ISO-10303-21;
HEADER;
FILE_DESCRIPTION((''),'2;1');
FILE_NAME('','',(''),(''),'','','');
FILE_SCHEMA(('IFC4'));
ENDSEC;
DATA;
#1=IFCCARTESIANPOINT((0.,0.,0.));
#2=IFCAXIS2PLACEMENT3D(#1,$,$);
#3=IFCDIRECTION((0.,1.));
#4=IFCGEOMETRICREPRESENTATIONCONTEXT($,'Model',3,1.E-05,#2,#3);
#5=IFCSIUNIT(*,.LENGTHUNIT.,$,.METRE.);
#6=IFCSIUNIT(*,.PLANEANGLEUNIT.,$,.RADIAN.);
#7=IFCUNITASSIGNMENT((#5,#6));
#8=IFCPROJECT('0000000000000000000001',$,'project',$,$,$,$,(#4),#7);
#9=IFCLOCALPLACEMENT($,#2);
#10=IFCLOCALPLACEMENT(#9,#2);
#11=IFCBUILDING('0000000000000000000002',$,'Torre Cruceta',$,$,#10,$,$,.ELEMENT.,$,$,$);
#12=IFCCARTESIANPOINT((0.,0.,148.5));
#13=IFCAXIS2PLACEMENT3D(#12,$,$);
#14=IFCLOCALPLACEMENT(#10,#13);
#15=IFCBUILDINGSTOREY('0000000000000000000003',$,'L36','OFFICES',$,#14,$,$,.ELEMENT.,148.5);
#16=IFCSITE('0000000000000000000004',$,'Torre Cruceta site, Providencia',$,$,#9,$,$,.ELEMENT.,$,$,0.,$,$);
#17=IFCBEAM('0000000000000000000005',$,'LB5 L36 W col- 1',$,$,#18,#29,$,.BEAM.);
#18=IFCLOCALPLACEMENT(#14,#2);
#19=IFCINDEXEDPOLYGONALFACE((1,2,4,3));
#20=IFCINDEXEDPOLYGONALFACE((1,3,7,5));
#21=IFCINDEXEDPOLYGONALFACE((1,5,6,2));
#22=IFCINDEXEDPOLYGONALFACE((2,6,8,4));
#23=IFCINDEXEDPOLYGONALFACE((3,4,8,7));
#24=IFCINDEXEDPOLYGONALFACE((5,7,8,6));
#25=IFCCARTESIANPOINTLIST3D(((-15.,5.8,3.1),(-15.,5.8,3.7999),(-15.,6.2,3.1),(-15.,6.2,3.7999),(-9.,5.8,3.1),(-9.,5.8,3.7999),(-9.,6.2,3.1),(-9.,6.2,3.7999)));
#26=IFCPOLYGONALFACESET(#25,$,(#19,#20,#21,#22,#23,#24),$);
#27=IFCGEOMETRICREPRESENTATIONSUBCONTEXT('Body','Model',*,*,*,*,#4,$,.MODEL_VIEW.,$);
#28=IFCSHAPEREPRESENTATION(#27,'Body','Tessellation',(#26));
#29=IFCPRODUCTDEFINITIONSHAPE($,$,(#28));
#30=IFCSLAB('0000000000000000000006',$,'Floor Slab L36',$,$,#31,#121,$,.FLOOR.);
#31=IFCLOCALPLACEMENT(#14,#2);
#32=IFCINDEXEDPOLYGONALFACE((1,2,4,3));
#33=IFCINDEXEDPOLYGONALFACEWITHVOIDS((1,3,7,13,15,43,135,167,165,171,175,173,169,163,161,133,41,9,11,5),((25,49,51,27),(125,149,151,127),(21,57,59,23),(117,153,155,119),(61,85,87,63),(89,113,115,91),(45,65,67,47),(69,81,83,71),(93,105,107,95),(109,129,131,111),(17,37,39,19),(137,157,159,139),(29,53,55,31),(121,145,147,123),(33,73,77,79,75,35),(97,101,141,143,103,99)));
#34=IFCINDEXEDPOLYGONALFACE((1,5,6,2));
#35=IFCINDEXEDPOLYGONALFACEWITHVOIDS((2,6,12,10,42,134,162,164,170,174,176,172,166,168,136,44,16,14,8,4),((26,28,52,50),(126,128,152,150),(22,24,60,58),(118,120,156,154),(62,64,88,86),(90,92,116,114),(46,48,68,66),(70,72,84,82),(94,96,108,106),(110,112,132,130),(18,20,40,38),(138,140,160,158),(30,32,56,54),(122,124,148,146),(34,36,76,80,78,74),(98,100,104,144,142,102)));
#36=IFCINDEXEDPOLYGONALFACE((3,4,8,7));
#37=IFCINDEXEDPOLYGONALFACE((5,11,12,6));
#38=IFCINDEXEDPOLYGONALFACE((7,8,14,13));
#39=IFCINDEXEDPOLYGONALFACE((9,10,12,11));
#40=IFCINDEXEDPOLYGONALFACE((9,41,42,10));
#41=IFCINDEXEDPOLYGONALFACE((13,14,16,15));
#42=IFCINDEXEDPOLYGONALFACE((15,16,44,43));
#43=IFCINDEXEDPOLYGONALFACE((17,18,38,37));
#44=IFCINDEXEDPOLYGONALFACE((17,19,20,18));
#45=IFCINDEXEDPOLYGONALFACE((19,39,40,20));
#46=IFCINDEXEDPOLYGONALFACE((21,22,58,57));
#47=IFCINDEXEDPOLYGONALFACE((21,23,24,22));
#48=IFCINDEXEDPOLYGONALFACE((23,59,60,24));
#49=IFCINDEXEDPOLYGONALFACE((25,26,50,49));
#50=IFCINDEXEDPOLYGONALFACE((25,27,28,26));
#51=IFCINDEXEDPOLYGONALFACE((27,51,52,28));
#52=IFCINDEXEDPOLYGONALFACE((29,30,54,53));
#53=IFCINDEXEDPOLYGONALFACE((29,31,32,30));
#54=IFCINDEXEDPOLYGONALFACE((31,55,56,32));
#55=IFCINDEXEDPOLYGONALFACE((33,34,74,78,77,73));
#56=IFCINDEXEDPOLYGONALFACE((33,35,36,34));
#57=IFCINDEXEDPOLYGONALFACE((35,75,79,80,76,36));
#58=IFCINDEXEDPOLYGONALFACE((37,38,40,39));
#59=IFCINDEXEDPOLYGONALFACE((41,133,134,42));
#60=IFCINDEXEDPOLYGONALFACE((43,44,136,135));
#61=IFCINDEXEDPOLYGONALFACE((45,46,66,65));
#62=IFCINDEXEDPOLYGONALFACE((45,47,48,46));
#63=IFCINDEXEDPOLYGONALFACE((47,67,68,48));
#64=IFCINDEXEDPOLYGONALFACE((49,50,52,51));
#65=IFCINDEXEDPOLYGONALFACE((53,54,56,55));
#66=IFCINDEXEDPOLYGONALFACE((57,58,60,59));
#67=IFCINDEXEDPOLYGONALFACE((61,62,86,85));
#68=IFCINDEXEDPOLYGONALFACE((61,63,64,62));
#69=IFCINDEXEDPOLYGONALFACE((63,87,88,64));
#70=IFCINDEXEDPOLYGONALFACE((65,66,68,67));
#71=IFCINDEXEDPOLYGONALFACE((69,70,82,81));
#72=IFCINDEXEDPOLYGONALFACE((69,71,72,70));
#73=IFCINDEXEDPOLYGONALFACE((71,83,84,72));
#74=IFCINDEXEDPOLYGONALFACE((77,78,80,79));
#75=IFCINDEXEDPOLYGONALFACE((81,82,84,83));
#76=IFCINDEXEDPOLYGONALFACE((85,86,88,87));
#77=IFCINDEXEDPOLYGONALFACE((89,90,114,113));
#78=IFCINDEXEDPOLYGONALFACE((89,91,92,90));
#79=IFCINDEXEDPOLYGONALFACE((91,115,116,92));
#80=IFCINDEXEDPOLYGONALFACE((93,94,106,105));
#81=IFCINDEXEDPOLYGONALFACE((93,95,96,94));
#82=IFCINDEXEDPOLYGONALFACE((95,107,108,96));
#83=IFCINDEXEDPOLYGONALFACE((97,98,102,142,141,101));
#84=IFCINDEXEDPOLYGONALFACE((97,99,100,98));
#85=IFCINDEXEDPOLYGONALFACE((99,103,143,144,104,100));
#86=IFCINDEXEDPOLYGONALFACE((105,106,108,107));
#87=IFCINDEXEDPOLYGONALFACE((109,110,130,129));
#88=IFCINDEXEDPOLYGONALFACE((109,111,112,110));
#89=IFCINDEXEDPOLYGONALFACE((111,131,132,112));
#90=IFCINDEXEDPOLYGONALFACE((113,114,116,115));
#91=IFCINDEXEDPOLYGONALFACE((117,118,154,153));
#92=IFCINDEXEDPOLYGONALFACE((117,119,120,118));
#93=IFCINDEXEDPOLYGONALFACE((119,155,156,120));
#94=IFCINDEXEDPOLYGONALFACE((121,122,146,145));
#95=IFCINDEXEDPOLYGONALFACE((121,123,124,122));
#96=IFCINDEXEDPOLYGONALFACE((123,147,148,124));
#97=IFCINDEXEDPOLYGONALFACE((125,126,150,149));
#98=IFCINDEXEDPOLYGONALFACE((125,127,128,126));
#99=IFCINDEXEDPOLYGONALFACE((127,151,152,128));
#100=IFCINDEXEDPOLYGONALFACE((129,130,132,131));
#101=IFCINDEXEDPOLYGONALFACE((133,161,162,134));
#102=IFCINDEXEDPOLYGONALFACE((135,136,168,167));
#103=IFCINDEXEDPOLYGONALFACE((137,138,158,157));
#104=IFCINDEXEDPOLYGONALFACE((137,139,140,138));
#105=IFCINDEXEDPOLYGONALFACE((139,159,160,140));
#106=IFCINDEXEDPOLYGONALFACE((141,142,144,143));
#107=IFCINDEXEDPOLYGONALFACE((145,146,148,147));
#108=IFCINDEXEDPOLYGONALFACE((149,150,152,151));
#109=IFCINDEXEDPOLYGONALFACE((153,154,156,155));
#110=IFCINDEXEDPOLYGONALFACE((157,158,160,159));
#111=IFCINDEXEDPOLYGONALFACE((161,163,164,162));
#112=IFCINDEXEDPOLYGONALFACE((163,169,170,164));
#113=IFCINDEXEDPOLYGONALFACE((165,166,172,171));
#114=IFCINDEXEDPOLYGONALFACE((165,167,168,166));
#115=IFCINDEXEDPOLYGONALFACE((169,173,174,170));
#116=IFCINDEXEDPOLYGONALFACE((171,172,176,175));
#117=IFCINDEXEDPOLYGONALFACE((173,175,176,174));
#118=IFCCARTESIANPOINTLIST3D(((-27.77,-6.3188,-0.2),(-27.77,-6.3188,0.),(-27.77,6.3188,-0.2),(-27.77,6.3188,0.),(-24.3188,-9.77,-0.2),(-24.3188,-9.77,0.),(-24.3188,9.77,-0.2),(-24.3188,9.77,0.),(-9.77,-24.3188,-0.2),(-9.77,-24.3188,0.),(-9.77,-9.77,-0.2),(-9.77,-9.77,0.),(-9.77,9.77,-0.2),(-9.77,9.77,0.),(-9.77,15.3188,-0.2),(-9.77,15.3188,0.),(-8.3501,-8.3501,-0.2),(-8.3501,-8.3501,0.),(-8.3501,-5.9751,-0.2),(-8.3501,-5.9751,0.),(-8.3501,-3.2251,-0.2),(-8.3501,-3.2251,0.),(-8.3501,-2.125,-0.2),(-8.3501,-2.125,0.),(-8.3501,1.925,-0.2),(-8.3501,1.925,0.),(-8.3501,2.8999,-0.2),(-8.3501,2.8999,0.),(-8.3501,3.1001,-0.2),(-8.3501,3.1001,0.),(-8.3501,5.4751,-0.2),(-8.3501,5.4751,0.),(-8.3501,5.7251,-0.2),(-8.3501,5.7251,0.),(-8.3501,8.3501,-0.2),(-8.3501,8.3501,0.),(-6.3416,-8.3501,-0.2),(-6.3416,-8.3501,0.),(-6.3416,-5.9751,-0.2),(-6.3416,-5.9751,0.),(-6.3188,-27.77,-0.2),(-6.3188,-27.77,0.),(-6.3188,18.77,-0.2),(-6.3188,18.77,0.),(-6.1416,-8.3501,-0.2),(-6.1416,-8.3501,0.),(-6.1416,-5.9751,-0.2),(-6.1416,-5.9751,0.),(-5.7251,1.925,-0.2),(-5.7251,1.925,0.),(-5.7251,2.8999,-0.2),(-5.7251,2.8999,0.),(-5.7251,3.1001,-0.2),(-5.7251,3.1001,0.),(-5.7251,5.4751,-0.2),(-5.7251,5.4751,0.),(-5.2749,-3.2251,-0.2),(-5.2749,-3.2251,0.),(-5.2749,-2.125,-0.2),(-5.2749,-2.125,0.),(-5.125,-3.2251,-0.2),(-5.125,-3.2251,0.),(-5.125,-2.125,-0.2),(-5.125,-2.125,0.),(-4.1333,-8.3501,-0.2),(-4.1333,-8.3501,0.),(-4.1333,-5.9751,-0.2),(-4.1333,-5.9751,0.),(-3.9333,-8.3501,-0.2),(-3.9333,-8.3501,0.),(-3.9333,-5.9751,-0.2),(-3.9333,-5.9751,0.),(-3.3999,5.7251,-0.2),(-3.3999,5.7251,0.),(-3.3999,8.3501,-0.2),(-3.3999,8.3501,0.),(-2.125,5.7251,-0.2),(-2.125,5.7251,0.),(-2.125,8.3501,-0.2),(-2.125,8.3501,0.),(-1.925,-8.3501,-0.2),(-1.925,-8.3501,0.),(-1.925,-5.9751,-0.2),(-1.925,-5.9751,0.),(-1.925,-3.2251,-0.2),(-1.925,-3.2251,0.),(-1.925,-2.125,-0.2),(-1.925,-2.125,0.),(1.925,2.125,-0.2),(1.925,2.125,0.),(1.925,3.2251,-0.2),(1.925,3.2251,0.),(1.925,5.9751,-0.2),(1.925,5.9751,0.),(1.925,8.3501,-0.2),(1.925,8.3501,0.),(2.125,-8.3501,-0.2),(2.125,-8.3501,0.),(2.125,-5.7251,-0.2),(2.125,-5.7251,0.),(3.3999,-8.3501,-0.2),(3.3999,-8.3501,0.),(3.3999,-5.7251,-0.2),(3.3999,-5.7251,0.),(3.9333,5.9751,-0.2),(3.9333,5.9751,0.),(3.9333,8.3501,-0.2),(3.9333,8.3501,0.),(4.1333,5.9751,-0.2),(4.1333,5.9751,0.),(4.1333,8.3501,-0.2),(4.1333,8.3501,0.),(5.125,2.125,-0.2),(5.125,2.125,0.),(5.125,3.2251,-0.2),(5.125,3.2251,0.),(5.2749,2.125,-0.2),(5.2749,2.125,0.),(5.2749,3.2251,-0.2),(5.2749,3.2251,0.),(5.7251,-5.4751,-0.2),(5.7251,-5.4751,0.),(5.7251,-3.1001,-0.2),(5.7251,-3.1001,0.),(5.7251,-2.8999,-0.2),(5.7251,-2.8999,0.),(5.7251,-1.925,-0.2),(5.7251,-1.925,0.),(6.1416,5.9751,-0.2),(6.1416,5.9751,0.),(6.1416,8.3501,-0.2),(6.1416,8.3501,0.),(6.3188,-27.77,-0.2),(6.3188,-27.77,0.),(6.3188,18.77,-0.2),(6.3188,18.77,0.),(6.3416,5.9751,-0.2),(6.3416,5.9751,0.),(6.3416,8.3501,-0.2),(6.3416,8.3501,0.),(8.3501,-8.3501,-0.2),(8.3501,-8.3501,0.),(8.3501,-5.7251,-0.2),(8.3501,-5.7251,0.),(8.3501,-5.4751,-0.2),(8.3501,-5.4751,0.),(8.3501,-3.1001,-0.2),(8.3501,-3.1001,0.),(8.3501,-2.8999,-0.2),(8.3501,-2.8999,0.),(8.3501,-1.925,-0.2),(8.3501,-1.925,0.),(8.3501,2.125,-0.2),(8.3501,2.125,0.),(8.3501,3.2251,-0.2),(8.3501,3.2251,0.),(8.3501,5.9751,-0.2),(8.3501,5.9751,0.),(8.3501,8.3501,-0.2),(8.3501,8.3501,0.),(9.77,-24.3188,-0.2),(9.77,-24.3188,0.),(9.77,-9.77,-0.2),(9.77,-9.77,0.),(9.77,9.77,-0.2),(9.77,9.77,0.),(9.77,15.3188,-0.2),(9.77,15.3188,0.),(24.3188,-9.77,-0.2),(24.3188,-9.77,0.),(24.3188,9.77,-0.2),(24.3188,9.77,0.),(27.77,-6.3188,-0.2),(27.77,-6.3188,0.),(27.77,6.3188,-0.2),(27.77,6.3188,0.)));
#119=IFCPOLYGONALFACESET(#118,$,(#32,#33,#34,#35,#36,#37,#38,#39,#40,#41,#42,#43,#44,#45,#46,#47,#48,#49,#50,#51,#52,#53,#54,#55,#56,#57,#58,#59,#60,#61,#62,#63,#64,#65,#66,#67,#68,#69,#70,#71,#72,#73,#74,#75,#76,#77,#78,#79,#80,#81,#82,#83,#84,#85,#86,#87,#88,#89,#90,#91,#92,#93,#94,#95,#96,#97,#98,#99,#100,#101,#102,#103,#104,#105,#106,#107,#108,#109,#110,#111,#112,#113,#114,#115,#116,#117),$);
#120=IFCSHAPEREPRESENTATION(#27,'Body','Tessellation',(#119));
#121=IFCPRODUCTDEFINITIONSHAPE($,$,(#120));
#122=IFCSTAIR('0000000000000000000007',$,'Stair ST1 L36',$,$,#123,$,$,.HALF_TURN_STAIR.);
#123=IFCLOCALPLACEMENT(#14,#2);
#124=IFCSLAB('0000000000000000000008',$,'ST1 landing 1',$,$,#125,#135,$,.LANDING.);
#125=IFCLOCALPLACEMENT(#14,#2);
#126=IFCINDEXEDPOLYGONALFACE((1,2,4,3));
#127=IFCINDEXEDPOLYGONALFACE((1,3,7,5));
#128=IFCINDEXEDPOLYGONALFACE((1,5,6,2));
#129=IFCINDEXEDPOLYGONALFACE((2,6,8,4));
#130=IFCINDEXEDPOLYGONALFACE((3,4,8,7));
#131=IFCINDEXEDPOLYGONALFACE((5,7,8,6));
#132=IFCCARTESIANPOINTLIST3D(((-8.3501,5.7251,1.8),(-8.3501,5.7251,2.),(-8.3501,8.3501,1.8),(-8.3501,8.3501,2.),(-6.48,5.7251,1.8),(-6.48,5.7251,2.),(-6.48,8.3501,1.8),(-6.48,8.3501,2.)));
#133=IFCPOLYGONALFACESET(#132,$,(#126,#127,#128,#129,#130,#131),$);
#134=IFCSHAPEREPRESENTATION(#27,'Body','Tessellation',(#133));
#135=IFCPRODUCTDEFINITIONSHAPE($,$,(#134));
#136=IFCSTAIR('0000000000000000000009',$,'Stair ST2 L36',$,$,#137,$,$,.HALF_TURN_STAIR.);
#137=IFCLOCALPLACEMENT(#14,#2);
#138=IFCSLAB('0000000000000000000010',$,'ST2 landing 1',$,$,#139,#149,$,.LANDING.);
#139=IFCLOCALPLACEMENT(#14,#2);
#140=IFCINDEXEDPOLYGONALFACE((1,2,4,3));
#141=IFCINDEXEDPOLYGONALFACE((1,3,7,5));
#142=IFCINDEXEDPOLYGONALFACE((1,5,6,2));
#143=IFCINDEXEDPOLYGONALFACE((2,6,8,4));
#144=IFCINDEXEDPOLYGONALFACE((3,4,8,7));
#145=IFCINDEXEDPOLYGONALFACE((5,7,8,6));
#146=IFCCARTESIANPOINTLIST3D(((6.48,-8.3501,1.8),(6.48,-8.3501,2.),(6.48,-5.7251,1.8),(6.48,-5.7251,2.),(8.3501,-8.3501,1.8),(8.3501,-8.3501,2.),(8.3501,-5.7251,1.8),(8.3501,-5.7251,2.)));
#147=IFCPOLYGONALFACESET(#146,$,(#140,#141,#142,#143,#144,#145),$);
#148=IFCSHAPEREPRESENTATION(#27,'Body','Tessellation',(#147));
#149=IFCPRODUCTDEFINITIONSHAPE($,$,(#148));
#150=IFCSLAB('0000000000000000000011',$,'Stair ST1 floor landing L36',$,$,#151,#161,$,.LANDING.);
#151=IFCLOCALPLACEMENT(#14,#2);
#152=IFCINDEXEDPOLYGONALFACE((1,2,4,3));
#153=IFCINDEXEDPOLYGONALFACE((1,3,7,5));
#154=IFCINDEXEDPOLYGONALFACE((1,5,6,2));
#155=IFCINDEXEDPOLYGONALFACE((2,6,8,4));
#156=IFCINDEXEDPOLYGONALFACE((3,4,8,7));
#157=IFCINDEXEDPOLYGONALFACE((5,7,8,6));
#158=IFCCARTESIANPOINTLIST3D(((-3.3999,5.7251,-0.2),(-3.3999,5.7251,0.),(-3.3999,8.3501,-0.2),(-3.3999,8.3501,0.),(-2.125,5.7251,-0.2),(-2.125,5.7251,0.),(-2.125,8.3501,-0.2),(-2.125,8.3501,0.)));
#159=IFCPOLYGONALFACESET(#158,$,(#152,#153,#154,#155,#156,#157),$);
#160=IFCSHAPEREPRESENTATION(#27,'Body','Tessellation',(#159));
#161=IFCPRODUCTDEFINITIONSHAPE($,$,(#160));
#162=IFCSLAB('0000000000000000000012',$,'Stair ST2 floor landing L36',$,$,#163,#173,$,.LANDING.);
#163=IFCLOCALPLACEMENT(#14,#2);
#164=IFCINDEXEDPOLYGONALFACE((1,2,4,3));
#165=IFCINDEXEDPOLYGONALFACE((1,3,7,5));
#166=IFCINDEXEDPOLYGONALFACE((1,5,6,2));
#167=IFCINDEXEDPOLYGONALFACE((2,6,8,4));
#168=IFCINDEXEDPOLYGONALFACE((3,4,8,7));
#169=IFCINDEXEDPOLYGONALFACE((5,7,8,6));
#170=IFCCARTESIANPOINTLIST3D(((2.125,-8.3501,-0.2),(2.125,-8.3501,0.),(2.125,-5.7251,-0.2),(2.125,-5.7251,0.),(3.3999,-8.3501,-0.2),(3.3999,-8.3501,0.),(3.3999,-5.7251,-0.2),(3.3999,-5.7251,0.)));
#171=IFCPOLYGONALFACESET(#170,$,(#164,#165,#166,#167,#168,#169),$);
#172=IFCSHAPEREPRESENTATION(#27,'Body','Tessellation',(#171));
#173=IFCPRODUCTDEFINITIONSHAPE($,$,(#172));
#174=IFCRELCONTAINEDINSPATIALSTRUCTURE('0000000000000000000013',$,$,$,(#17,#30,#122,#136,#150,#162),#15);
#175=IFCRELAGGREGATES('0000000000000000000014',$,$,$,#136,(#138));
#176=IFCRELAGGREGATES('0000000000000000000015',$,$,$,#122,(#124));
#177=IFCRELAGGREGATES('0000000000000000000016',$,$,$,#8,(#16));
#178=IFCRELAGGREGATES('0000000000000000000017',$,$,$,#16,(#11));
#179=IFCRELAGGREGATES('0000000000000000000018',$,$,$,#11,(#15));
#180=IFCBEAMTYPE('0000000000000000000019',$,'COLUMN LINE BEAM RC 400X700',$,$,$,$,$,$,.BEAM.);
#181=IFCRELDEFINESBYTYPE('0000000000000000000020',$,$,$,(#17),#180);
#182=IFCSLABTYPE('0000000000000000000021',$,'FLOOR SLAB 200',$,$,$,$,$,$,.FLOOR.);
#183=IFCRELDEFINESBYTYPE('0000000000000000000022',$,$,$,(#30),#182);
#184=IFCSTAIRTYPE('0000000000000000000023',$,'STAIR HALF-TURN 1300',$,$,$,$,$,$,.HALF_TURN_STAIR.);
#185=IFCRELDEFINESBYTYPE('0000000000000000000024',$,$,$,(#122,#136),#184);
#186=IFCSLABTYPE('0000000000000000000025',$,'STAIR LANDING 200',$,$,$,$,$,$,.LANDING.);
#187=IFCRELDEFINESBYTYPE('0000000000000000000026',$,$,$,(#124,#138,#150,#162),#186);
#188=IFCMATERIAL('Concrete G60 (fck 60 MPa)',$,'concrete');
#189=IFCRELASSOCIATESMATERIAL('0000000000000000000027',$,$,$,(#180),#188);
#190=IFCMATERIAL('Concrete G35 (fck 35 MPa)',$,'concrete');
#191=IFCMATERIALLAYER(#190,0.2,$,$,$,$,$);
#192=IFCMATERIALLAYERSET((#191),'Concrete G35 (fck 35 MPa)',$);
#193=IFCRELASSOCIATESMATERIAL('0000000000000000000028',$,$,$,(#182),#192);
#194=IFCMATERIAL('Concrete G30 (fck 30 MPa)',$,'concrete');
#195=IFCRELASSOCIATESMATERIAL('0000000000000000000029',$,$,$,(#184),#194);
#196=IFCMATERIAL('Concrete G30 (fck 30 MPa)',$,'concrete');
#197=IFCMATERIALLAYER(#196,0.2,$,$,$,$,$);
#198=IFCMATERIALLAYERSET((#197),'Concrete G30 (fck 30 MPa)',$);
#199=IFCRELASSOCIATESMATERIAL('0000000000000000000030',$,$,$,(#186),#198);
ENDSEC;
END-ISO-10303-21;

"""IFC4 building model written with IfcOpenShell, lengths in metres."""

from ifc_helpers import new_model, si_unit, direction, frame, origin, origin_2d, place, context, subcontext, project, spatial, polyline, rectangle, outline, extrude, material, layer, layer_set, material_profile, profile_set, type_object, element, aggregate, save


model = new_model("IFC4")

# Units and contexts
model_context = context("Model", 3, precision=1e-05, world=origin(), true_north=direction((0.0, 1.0)))
body_context = subcontext(model_context, "Body", "Model", "MODEL_VIEW")
ifc_project = project(units=[si_unit("LENGTHUNIT", "METRE"), si_unit("PLANEANGLEUNIT", "RADIAN")], contexts=[model_context])

# Site, building, storey
site_placement = place(None, origin())
site = spatial("IfcSite", under=ifc_project, at=site_placement, Name="Torre Cruceta site, Providencia", CompositionType="ELEMENT", RefElevation=0.0)
building_placement = place(site_placement, origin())
building = spatial("IfcBuilding", under=site, at=building_placement, Name="Torre Cruceta", CompositionType="ELEMENT")
storey_placement = place(building_placement, frame((0.0, 0.0, 148.5)))
storey = spatial("IfcBuildingStorey", under=building, at=storey_placement, Name="L36", Description="OFFICES", CompositionType="ELEMENT", Elevation=148.5)

# Beam
ifc_material_1 = material(Name="Concrete G60 (fck 60 MPa)", Category="concrete")
ifc_material_profile = material_profile(ifc_material_1, rectangle(XDim=0.3999, YDim=0.7, at=origin_2d()), Name="RC 400X700")
ifc_profile_set = profile_set([ifc_material_profile], Name="Concrete G60 (fck 60 MPa)")
beam_type = type_object("IfcBeamType", Name="COLUMN LINE BEAM RC 400X700", PredefinedType="BEAM", material=ifc_profile_set)
beam_placement = place(storey_placement, frame((-9.0, 6.0, 3.45), z_axis=(-1.0, 0.0, 0.0), x_axis=(0.0, -1.0, 0.0)))
element("IfcBeam", 1, at=beam_placement, inside=storey, type_object=beam_type, Name="LB5 L36 W col- 1", PredefinedType="BEAM", context=body_context, shape_type="SweptSolid", body=[
    extrude(rectangle(XDim=0.3999, YDim=0.7, at=origin_2d()), origin(), (0.0, 0.0, 1.0), 6.0),
])

# Slab
ifc_material_2 = material(Name="Concrete G35 (fck 35 MPa)", Category="concrete")
ifc_layer_1 = layer(ifc_material_2, 0.2)
ifc_layer_set_1 = layer_set([ifc_layer_1], Name="Concrete G35 (fck 35 MPa)")
slab_type_1 = type_object("IfcSlabType", Name="FLOOR SLAB 200", PredefinedType="FLOOR", material=ifc_layer_set_1)
slab_1_placement = place(storey_placement, frame((0.0, 0.0, -0.2)))
element("IfcSlab", 2, at=slab_1_placement, inside=storey, type_object=slab_type_1, Name="Floor Slab L36", PredefinedType="FLOOR", context=body_context, shape_type="SweptSolid", body=[
    extrude(outline(polyline([(9.77, -9.77), (9.77, -24.3188), (6.3188, -27.77), (-6.3188, -27.77), (-9.77, -24.3188), (-9.77, -9.77), (-24.3188, -9.77), (-27.77, -6.3188), (-27.77, 6.3188), (-24.3188, 9.77), (-9.77, 9.77), (-9.77, 15.3188), (-6.3188, 18.77), (6.3188, 18.77), (9.77, 15.3188), (9.77, 9.77), (24.3188, 9.77), (27.77, 6.3188), (27.77, -6.3188), (24.3188, -9.77), (9.77, -9.77)]), holes=[polyline([(1.925, 5.9751), (3.9333, 5.9751), (3.9333, 8.3501), (1.925, 8.3501), (1.925, 5.9751)]), polyline([(4.1333, 5.9751), (6.1416, 5.9751), (6.1416, 8.3501), (4.1333, 8.3501), (4.1333, 5.9751)]), polyline([(6.3416, 5.9751), (8.3501, 5.9751), (8.3501, 8.3501), (6.3416, 8.3501), (6.3416, 5.9751)]), polyline([(1.925, 2.125), (5.125, 2.125), (5.125, 3.2251), (1.925, 3.2251), (1.925, 2.125)]), polyline([(5.2749, 2.125), (8.3501, 2.125), (8.3501, 3.2251), (5.2749, 3.2251), (5.2749, 2.125)]), polyline([(-8.3501, 3.1001), (-5.7251, 3.1001), (-5.7251, 5.4751), (-8.3501, 5.4751), (-8.3501, 3.1001)]), polyline([(-8.3501, 1.925), (-5.7251, 1.925), (-5.7251, 2.8999), (-8.3501, 2.8999), (-8.3501, 1.925)]), polyline([(-3.9333, -8.3501), (-1.925, -8.3501), (-1.925, -5.9751), (-3.9333, -5.9751), (-3.9333, -8.3501)]), polyline([(-6.1416, -8.3501), (-4.1333, -8.3501), (-4.1333, -5.9751), (-6.1416, -5.9751), (-6.1416, -8.3501)]), polyline([(-8.3501, -8.3501), (-6.3416, -8.3501), (-6.3416, -5.9751), (-8.3501, -5.9751), (-8.3501, -8.3501)]), polyline([(-5.125, -3.2251), (-1.925, -3.2251), (-1.925, -2.125), (-5.125, -2.125), (-5.125, -3.2251)]), polyline([(-8.3501, -3.2251), (-5.2749, -3.2251), (-5.2749, -2.125), (-8.3501, -2.125), (-8.3501, -3.2251)]), polyline([(5.7251, -5.4751), (8.3501, -5.4751), (8.3501, -3.1001), (5.7251, -3.1001), (5.7251, -5.4751)]), polyline([(5.7251, -2.8999), (8.3501, -2.8999), (8.3501, -1.925), (5.7251, -1.925), (5.7251, -2.8999)]), polyline([(-8.3501, 5.7251), (-8.3501, 8.3501), (-3.3999, 8.3501), (-2.125, 8.3501), (-2.125, 5.7251), (-3.3999, 5.7251), (-8.3501, 5.7251)]), polyline([(2.125, -5.7251), (3.3999, -5.7251), (8.3501, -5.7251), (8.3501, -8.3501), (3.3999, -8.3501), (2.125, -8.3501), (2.125, -5.7251)])]), origin(), (0.0, 0.0, 1.0), 0.2),
])

# Stairs, slabs
ifc_material_3 = material(Name="Concrete G30 (fck 30 MPa)", Category="concrete")
stair_type = type_object("IfcStairType", Name="STAIR HALF-TURN 1300", PredefinedType="HALF_TURN_STAIR", material=ifc_material_3)
stair_1_placement = place(storey_placement, origin())
stair_1 = element("IfcStair", 3, at=stair_1_placement, inside=storey, type_object=stair_type, Name="Stair ST1 L36", PredefinedType="HALF_TURN_STAIR")
ifc_material_4 = material(Name="Concrete G30 (fck 30 MPa)", Category="concrete")
ifc_layer_2 = layer(ifc_material_4, 0.2)
ifc_layer_set_2 = layer_set([ifc_layer_2], Name="Concrete G30 (fck 30 MPa)")
slab_type_2 = type_object("IfcSlabType", Name="STAIR LANDING 200", PredefinedType="LANDING", material=ifc_layer_set_2)
slab_2_placement = place(storey_placement, frame((0.0, 0.0, 1.8)))
slab_2 = element("IfcSlab", 4, at=slab_2_placement, type_object=slab_type_2, Name="ST1 landing 1", PredefinedType="LANDING", context=body_context, shape_type="SweptSolid", body=[
    extrude(outline(polyline([(-8.3501, 5.7251), (-6.48, 5.7251), (-6.48, 8.3501), (-8.3501, 8.3501), (-8.3501, 5.7251)])), origin(), (0.0, 0.0, 1.0), 0.2),
])
stair_2_placement = place(storey_placement, origin())
stair_2 = element("IfcStair", 5, at=stair_2_placement, inside=storey, type_object=stair_type, Name="Stair ST2 L36", PredefinedType="HALF_TURN_STAIR")
slab_3_placement = place(storey_placement, frame((0.0, 0.0, 1.8)))
slab_3 = element("IfcSlab", 6, at=slab_3_placement, type_object=slab_type_2, Name="ST2 landing 1", PredefinedType="LANDING", context=body_context, shape_type="SweptSolid", body=[
    extrude(outline(polyline([(6.48, -8.3501), (8.3501, -8.3501), (8.3501, -5.7251), (6.48, -5.7251), (6.48, -8.3501)])), origin(), (0.0, 0.0, 1.0), 0.2),
])
aggregate(stair_2, [slab_3])

# Slabs
slab_4_placement = place(storey_placement, frame((0.0, 0.0, -0.2)))
element("IfcSlab", 7, at=slab_4_placement, inside=storey, type_object=slab_type_2, Name="Stair ST1 floor landing L36", PredefinedType="LANDING", context=body_context, shape_type="SweptSolid", body=[
    extrude(outline(polyline([(-2.125, 8.3501), (-2.125, 5.7251), (-3.3999, 5.7251), (-3.3999, 8.3501), (-2.125, 8.3501)])), origin(), (0.0, 0.0, 1.0), 0.2),
])
slab_5_placement = place(storey_placement, frame((0.0, 0.0, -0.2)))
element("IfcSlab", 8, at=slab_5_placement, inside=storey, type_object=slab_type_2, Name="Stair ST2 floor landing L36", PredefinedType="LANDING", context=body_context, shape_type="SweptSolid", body=[
    extrude(outline(polyline([(2.125, -8.3501), (2.125, -5.7251), (3.3999, -5.7251), (3.3999, -8.3501), (2.125, -8.3501)])), origin(), (0.0, 0.0, 1.0), 0.2),
])

aggregate(stair_1, [slab_2])

save(model, "model.ifc")
